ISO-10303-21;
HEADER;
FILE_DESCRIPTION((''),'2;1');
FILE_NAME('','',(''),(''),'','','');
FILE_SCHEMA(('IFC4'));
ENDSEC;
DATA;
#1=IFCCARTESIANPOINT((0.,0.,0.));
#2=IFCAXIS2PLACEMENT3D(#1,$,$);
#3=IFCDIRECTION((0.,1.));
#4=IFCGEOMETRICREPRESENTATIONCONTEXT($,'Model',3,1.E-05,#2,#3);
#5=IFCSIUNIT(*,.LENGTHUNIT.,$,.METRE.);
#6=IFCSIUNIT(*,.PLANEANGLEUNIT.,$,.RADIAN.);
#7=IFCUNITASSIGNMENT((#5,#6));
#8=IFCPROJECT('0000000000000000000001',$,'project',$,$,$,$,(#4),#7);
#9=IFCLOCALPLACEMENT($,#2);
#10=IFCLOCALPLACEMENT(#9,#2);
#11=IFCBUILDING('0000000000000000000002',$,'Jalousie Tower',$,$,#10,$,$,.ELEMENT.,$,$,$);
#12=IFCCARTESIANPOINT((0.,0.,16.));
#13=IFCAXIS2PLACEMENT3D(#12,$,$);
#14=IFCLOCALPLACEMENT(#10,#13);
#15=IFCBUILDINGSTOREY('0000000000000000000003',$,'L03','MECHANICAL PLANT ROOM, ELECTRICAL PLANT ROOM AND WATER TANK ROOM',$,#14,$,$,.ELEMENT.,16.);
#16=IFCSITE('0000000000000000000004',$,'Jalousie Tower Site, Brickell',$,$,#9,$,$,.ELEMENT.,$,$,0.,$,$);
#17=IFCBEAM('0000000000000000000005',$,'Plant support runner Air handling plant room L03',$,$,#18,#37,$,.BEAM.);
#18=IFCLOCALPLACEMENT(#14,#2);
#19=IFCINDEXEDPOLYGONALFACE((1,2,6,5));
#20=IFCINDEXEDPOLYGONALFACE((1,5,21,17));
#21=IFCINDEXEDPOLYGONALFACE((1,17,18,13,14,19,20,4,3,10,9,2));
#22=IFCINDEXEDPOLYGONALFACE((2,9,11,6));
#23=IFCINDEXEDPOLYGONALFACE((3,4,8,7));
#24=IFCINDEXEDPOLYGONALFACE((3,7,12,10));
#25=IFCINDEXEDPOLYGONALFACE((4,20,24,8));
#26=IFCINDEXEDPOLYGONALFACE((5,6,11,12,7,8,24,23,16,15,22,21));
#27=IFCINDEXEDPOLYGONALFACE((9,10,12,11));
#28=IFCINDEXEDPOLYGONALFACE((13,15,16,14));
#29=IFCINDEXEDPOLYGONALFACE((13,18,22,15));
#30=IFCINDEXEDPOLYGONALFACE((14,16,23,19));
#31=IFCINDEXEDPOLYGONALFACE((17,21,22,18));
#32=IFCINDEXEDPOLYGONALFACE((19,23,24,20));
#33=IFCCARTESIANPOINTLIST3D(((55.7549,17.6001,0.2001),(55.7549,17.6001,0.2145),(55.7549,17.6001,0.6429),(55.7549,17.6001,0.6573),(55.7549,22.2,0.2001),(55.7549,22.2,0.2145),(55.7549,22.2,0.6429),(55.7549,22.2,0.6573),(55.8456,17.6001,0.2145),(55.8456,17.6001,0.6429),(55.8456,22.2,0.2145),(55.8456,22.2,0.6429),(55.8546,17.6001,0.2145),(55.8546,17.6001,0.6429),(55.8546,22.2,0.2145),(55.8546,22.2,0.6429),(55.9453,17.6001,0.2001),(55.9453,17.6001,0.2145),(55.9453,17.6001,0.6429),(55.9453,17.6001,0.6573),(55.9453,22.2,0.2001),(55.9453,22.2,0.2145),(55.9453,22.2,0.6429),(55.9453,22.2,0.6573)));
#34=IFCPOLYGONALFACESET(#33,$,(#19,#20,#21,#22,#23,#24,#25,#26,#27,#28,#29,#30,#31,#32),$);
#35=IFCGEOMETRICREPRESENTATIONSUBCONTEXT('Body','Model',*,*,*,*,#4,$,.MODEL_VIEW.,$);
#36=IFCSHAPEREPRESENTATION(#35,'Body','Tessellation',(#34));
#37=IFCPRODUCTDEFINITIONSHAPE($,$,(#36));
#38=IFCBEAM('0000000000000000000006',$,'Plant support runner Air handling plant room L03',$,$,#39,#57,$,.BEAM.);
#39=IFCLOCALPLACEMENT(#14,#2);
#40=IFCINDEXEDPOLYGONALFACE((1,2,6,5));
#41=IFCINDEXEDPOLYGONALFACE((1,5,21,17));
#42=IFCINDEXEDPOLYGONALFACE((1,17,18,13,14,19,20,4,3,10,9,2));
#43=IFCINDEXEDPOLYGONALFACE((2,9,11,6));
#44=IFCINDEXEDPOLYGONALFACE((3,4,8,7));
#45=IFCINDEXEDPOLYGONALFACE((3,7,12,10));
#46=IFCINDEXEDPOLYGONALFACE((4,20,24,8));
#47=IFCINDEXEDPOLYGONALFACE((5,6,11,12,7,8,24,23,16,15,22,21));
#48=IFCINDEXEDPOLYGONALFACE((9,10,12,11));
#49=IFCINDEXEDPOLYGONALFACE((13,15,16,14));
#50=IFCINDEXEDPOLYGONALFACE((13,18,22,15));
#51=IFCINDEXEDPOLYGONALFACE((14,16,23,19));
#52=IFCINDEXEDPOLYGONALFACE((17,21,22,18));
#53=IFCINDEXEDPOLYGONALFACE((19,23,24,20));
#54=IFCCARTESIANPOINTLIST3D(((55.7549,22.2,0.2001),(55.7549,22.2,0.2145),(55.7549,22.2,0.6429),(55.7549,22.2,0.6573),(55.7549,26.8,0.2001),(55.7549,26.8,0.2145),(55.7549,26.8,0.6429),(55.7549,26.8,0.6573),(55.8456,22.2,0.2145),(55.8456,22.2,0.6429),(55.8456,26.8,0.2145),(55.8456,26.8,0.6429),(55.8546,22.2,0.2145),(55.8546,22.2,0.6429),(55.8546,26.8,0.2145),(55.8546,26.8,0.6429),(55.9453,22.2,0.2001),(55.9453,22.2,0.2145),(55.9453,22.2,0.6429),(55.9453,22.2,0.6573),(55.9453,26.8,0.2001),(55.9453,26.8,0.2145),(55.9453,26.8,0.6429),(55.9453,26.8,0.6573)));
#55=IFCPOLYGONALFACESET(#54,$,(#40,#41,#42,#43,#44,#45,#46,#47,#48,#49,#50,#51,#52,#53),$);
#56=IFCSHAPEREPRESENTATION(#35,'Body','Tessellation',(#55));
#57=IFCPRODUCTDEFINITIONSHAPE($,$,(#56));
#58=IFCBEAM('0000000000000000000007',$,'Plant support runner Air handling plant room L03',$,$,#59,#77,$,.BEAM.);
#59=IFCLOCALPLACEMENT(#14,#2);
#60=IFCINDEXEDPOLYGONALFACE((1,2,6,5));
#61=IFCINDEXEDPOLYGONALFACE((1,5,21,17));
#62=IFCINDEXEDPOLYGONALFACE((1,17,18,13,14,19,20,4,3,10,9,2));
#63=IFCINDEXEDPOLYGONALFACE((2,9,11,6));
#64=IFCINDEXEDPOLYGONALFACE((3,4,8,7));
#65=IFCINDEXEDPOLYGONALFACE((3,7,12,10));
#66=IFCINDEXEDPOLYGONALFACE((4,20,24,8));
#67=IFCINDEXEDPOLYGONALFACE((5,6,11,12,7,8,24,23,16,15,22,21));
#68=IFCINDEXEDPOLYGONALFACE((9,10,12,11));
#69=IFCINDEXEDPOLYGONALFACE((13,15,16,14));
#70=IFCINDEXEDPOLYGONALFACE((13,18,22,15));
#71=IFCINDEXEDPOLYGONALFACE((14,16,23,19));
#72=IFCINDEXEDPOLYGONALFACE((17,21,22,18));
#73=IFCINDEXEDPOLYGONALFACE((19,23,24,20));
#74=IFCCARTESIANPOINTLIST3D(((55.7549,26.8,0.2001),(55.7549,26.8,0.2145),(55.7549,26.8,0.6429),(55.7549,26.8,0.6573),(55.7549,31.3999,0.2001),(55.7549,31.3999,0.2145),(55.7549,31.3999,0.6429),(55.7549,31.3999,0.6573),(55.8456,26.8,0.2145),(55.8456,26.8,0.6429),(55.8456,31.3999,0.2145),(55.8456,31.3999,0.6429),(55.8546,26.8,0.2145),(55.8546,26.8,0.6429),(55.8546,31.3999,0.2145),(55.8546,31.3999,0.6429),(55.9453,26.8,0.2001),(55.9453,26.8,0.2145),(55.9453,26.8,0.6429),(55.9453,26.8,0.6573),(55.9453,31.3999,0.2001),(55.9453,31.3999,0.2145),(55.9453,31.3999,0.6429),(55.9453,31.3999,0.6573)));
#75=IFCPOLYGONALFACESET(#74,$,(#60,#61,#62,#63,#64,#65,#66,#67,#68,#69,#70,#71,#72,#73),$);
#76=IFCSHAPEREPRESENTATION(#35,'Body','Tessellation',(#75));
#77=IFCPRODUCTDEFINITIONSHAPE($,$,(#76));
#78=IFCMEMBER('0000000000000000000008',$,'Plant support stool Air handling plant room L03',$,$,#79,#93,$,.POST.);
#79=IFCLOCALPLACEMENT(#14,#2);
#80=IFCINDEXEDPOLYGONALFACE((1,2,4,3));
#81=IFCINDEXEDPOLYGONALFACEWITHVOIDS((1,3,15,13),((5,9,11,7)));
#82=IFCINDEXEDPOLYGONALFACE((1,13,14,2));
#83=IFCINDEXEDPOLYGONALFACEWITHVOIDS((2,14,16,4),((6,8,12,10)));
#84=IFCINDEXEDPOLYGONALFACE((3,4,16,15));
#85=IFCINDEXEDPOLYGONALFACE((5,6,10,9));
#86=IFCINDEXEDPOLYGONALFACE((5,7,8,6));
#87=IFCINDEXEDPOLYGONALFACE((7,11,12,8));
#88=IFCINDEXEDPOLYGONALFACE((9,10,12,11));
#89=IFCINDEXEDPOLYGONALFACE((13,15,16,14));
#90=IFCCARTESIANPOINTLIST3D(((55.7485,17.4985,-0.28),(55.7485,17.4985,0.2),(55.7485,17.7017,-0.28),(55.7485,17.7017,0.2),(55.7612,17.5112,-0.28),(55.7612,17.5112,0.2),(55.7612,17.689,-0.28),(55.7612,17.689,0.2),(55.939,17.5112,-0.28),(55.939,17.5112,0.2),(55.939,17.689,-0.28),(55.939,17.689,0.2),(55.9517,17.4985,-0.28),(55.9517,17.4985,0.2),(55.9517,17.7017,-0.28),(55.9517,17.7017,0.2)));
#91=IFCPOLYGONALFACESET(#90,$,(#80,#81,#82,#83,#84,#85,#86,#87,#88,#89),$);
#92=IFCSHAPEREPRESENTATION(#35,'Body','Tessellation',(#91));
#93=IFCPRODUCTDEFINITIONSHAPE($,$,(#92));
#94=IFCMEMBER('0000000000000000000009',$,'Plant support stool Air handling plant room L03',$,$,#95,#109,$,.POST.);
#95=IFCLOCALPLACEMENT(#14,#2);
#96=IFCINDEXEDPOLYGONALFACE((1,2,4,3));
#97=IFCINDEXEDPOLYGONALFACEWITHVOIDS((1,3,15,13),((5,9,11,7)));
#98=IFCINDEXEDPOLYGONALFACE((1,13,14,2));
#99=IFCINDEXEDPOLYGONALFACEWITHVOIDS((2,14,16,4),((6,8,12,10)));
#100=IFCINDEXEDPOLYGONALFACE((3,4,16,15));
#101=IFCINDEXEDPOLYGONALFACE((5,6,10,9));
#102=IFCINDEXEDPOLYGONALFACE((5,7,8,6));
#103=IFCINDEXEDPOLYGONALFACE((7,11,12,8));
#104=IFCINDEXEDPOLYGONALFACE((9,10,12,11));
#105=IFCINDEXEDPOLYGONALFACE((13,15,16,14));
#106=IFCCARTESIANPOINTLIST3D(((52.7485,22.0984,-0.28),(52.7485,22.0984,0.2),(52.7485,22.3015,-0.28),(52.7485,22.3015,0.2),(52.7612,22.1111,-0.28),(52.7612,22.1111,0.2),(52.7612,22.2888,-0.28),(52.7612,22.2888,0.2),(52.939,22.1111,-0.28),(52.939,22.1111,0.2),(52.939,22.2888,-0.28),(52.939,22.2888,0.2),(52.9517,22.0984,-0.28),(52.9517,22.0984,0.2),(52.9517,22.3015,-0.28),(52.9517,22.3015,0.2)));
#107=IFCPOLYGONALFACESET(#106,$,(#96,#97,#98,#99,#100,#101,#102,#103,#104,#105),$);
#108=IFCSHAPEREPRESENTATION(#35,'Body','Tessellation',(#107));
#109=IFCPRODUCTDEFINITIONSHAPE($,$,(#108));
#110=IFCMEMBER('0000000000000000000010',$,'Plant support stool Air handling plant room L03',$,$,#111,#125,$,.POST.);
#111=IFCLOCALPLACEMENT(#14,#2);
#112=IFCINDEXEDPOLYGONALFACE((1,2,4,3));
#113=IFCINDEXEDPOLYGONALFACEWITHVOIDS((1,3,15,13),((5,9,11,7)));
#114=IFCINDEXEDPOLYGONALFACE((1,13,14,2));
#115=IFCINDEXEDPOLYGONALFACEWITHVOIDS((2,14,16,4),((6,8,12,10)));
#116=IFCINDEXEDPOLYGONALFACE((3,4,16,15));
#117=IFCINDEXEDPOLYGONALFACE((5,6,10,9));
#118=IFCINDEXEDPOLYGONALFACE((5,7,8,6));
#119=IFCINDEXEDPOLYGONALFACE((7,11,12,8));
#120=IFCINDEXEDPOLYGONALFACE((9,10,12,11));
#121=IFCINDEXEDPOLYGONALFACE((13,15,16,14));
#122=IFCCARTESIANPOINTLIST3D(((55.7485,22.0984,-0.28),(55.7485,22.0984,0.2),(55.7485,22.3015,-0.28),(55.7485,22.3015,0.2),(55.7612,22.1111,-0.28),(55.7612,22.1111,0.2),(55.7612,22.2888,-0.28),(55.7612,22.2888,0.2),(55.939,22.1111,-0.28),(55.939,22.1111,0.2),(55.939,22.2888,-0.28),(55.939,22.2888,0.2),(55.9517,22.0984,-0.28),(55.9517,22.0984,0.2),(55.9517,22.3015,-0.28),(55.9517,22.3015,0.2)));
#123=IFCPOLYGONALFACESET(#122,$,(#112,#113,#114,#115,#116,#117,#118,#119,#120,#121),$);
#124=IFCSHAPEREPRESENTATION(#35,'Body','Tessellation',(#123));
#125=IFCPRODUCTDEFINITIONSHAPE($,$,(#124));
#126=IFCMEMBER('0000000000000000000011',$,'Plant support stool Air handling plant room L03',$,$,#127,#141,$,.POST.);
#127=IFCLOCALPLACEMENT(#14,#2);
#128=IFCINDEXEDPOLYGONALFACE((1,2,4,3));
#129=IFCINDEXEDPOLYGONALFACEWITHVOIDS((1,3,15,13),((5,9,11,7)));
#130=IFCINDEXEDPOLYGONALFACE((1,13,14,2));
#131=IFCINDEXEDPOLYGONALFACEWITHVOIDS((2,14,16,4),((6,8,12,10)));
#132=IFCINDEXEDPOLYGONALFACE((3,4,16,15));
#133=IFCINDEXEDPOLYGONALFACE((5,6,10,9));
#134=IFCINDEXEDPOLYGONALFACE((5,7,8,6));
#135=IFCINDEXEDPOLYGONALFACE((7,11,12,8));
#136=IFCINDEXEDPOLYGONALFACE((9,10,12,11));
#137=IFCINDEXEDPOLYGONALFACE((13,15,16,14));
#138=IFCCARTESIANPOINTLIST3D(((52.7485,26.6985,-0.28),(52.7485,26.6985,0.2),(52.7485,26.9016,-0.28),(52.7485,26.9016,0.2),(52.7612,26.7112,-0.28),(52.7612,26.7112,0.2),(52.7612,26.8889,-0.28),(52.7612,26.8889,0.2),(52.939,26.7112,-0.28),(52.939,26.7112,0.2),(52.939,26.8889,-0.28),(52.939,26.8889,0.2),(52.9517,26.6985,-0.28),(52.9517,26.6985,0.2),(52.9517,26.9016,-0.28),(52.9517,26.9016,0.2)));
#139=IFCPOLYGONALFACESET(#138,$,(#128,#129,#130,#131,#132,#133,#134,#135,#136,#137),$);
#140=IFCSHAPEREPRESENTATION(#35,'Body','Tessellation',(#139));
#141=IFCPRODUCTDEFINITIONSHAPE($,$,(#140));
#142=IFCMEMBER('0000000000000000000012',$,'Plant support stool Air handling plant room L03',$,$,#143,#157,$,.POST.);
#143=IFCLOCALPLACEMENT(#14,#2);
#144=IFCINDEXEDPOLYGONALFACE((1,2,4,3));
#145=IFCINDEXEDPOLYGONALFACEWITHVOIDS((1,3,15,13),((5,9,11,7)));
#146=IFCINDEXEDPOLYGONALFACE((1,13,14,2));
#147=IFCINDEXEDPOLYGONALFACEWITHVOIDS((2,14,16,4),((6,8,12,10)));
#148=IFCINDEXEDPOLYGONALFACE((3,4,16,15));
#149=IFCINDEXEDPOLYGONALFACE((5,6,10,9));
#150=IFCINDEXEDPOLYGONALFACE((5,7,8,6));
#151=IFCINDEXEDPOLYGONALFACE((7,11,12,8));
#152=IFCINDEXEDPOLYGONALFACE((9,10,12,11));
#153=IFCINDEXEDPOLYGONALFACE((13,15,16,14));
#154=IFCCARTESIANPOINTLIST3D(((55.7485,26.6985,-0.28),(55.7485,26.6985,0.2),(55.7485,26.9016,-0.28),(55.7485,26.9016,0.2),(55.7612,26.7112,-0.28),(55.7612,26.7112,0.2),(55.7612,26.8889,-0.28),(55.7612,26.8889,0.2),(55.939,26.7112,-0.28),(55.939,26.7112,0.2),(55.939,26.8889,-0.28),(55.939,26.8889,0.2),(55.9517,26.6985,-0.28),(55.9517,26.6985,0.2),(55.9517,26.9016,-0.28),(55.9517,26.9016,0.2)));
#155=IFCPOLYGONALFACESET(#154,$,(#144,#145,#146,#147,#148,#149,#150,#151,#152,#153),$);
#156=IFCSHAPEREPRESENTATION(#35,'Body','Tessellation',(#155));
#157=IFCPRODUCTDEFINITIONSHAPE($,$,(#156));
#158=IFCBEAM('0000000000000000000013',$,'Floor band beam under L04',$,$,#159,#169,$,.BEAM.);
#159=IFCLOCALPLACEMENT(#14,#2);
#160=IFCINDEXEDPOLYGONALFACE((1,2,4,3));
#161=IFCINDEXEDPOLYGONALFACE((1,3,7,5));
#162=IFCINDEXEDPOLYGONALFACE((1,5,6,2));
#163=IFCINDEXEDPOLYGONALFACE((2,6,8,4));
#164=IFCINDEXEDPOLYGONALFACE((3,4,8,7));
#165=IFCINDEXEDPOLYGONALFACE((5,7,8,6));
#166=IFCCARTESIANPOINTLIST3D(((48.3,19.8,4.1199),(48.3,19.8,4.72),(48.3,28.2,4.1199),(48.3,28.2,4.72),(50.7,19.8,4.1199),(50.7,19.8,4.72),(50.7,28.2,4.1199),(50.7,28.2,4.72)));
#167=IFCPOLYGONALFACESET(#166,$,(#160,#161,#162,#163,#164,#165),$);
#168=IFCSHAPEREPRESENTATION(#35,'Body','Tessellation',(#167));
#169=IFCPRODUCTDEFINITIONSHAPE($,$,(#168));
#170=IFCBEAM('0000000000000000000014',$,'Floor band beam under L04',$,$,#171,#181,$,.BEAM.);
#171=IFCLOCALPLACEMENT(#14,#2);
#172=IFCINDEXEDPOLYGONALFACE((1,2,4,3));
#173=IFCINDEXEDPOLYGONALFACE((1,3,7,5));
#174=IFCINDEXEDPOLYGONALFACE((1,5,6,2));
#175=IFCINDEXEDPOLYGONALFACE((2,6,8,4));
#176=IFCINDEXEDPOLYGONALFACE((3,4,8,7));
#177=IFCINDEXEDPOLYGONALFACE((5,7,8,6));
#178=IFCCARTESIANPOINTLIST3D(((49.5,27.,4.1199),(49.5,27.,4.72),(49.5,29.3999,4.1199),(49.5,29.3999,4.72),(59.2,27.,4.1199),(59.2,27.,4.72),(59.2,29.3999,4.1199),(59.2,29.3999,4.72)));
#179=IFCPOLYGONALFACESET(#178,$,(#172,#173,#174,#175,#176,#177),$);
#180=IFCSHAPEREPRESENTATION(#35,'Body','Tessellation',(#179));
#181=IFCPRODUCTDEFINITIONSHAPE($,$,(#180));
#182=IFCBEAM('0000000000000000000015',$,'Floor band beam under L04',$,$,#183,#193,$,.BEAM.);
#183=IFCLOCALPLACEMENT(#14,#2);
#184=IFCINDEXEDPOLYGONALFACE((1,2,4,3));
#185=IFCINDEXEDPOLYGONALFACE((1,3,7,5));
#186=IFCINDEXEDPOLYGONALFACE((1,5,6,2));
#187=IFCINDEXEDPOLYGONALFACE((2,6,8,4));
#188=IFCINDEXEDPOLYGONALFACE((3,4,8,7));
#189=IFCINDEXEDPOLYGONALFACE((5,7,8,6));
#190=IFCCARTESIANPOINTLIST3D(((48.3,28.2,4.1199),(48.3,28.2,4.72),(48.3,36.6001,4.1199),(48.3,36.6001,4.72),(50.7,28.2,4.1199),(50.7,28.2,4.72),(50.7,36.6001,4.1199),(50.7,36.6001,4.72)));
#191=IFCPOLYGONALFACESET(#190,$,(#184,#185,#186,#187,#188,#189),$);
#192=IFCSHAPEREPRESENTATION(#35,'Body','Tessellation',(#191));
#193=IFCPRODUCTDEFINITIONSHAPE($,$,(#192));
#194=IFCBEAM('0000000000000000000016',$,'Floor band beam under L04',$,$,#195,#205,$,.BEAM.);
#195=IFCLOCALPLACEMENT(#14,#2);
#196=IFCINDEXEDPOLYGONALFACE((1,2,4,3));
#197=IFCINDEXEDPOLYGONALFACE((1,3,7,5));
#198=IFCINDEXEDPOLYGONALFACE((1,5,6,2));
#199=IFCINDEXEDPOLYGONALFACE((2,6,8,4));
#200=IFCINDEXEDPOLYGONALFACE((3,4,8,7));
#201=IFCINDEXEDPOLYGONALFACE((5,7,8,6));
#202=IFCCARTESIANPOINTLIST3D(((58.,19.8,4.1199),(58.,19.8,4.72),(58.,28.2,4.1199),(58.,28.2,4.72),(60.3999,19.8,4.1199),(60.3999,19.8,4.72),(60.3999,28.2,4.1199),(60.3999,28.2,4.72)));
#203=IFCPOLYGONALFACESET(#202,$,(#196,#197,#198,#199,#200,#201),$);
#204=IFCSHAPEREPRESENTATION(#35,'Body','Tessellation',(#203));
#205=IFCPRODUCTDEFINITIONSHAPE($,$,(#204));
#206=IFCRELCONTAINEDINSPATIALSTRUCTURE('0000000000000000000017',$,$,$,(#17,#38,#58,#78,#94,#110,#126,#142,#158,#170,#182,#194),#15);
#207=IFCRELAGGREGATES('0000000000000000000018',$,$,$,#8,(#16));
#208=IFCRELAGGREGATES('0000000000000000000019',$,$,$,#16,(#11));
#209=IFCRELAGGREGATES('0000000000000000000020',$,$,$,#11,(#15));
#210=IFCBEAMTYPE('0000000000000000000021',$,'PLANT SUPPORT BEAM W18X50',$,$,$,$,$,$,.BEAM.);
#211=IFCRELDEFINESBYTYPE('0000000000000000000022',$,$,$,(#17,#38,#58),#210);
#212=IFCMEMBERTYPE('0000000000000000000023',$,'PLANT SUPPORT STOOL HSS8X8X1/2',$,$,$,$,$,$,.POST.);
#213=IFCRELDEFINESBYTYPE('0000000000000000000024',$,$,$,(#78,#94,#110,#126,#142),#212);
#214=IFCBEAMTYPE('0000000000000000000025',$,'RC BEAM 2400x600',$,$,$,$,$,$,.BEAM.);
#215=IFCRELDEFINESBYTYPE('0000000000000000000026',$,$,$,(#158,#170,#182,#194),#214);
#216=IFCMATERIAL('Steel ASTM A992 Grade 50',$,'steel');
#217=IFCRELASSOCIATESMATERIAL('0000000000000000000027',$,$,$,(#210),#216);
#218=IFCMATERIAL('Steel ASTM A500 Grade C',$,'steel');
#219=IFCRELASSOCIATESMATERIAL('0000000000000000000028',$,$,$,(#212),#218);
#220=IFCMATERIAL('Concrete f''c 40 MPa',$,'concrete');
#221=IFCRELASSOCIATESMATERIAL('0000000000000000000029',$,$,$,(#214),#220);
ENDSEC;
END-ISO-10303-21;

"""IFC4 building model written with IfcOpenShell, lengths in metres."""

from ifc_helpers import new_model, si_unit, direction, frame, origin, origin_2d, place, context, subcontext, project, spatial, rectangle, hollow_rectangle, i_section, extrude, material, material_profile, profile_set, type_object, element, save


model = new_model("IFC4")

# Units and contexts
model_context = context("Model", 3, precision=1e-05, world=origin(), true_north=direction((0.0, 1.0)))
body_context = subcontext(model_context, "Body", "Model", "MODEL_VIEW")
ifc_project = project(units=[si_unit("LENGTHUNIT", "METRE"), si_unit("PLANEANGLEUNIT", "RADIAN")], contexts=[model_context])

# Site, building, storey
site_placement = place(None, origin())
site = spatial("IfcSite", under=ifc_project, at=site_placement, Name="Jalousie Tower Site, Brickell", CompositionType="ELEMENT", RefElevation=0.0)
building_placement = place(site_placement, origin())
building = spatial("IfcBuilding", under=site, at=building_placement, Name="Jalousie Tower", CompositionType="ELEMENT")
storey_placement = place(building_placement, frame((0.0, 0.0, 16.0)))
storey = spatial("IfcBuildingStorey", under=building, at=storey_placement, Name="L03", Description="MECHANICAL PLANT ROOM, ELECTRICAL PLANT ROOM AND WATER TANK ROOM", CompositionType="ELEMENT", Elevation=16.0)

# Beams
ifc_material_1 = material(Name="Steel ASTM A992 Grade 50", Category="steel")
ifc_material_profile_1 = material_profile(ifc_material_1, i_section(OverallWidth=0.1904, OverallDepth=0.4573, WebThickness=0.009, FlangeThickness=0.0144, at=origin_2d()), Name="W18X50")
ifc_profile_set_1 = profile_set([ifc_material_profile_1], Name="Steel ASTM A992 Grade 50")
beam_type_1 = type_object("IfcBeamType", Name="PLANT SUPPORT BEAM W18X50", PredefinedType="BEAM", material=ifc_profile_set_1)
for number, where, z_axis, x_axis, name in (
    (1, (55.8501, 17.6001, 0.4287), (0.0, 1.0, 0.0), (-1.0, 0.0, 0.0), "Plant support runner Air handling plant room L03"),
):
    element("IfcBeam", number, at=place(storey_placement, frame(where, z_axis=z_axis, x_axis=x_axis)), inside=storey, type_object=beam_type_1, Name=name, PredefinedType="BEAM", context=body_context, shape_type="SweptSolid", body=[
        extrude(i_section(OverallWidth=0.1904, OverallDepth=0.4573, WebThickness=0.009, FlangeThickness=0.0144, at=origin_2d()), origin(), (0.0, 0.0, 1.0), 4.5999),
    ])
beam_1_placement = place(storey_placement, frame((55.8501, 22.2, 0.4287), z_axis=(0.0, 1.0, 0.0), x_axis=(-1.0, 0.0, 0.0)))
element("IfcBeam", 2, at=beam_1_placement, inside=storey, type_object=beam_type_1, Name="Plant support runner Air handling plant room L03", PredefinedType="BEAM", context=body_context, shape_type="SweptSolid", body=[
    extrude(i_section(OverallWidth=0.1904, OverallDepth=0.4573, WebThickness=0.009, FlangeThickness=0.0144, at=origin_2d()), origin(), (0.0, 0.0, 1.0), 4.6001),
])
beam_2_placement = place(storey_placement, frame((55.8501, 26.8, 0.4287), z_axis=(0.0, 1.0, 0.0), x_axis=(-1.0, 0.0, 0.0)))
element("IfcBeam", 3, at=beam_2_placement, inside=storey, type_object=beam_type_1, Name="Plant support runner Air handling plant room L03", PredefinedType="BEAM", context=body_context, shape_type="SweptSolid", body=[
    extrude(i_section(OverallWidth=0.1904, OverallDepth=0.4573, WebThickness=0.009, FlangeThickness=0.0144, at=origin_2d()), origin(), (0.0, 0.0, 1.0), 4.5999),
])

# Members
ifc_material_2 = material(Name="Steel ASTM A500 Grade C", Category="steel")
ifc_material_profile_2 = material_profile(ifc_material_2, hollow_rectangle(XDim=0.2031, YDim=0.2031, WallThickness=0.0127, at=origin_2d()), Name="HSS8X8X1/2")
ifc_profile_set_2 = profile_set([ifc_material_profile_2], Name="Steel ASTM A500 Grade C")
member_type = type_object("IfcMemberType", Name="PLANT SUPPORT STOOL HSS8X8X1/2", PredefinedType="POST", material=ifc_profile_set_2)
for number, where, z_axis, x_axis, name in (
    (4, (55.8501, 17.6001, -0.28), (0.0, 0.0, 1.0), (1.0, 0.0, 0.0), "Plant support stool Air handling plant room L03"),
    (5, (52.8501, 22.2, -0.28), (0.0, 0.0, 1.0), (1.0, 0.0, 0.0), "Plant support stool Air handling plant room L03"),
    (6, (55.8501, 22.2, -0.28), (0.0, 0.0, 1.0), (1.0, 0.0, 0.0), "Plant support stool Air handling plant room L03"),
    (7, (52.8501, 26.8, -0.28), (0.0, 0.0, 1.0), (1.0, 0.0, 0.0), "Plant support stool Air handling plant room L03"),
    (8, (55.8501, 26.8, -0.28), (0.0, 0.0, 1.0), (1.0, 0.0, 0.0), "Plant support stool Air handling plant room L03"),
):
    element("IfcMember", number, at=place(storey_placement, frame(where, z_axis=z_axis, x_axis=x_axis)), inside=storey, type_object=member_type, Name=name, PredefinedType="POST", context=body_context, shape_type="SweptSolid", body=[
        extrude(hollow_rectangle(XDim=0.2031, YDim=0.2031, WallThickness=0.0127, at=origin_2d()), origin(), (0.0, 0.0, 1.0), 0.48),
    ])

# Beams
ifc_material_3 = material(Name="Concrete f'c 40 MPa", Category="concrete")
ifc_material_profile_3 = material_profile(ifc_material_3, rectangle(XDim=2.3999, YDim=0.6001, at=origin_2d()), Name="RC 2400x600")
ifc_profile_set_3 = profile_set([ifc_material_profile_3], Name="Concrete f'c 40 MPa")
beam_type_2 = type_object("IfcBeamType", Name="RC BEAM 2400x600", PredefinedType="BEAM", material=ifc_profile_set_3)
beam_3_placement = place(storey_placement, frame((49.5, 19.8, 4.4199), z_axis=(0.0, 1.0, 0.0), x_axis=(-1.0, 0.0, 0.0)))
element("IfcBeam", 9, at=beam_3_placement, inside=storey, type_object=beam_type_2, Name="Floor band beam under L04", PredefinedType="BEAM", context=body_context, shape_type="SweptSolid", body=[
    extrude(rectangle(XDim=2.3999, YDim=0.6001, at=origin_2d()), origin(), (0.0, 0.0, 1.0), 8.3999),
])
beam_4_placement = place(storey_placement, frame((49.5, 28.2, 4.4199), z_axis=(1.0, 0.0, 0.0), x_axis=(0.0, 1.0, 0.0)))
element("IfcBeam", 10, at=beam_4_placement, inside=storey, type_object=beam_type_2, Name="Floor band beam under L04", PredefinedType="BEAM", context=body_context, shape_type="SweptSolid", body=[
    extrude(rectangle(XDim=2.3999, YDim=0.6001, at=origin_2d()), origin(), (0.0, 0.0, 1.0), 9.7),
])
beam_5_placement = place(storey_placement, frame((49.5, 28.2, 4.4199), z_axis=(0.0, 1.0, 0.0), x_axis=(-1.0, 0.0, 0.0)))
element("IfcBeam", 11, at=beam_5_placement, inside=storey, type_object=beam_type_2, Name="Floor band beam under L04", PredefinedType="BEAM", context=body_context, shape_type="SweptSolid", body=[
    extrude(rectangle(XDim=2.3999, YDim=0.6001, at=origin_2d()), origin(), (0.0, 0.0, 1.0), 8.4001),
])
beam_6_placement = place(storey_placement, frame((59.2, 19.8, 4.4199), z_axis=(0.0, 1.0, 0.0), x_axis=(-1.0, 0.0, 0.0)))
element("IfcBeam", 12, at=beam_6_placement, inside=storey, type_object=beam_type_2, Name="Floor band beam under L04", PredefinedType="BEAM", context=body_context, shape_type="SweptSolid", body=[
    extrude(rectangle(XDim=2.3999, YDim=0.6001, at=origin_2d()), origin(), (0.0, 0.0, 1.0), 8.3999),
])

save(model, "model.ifc")
